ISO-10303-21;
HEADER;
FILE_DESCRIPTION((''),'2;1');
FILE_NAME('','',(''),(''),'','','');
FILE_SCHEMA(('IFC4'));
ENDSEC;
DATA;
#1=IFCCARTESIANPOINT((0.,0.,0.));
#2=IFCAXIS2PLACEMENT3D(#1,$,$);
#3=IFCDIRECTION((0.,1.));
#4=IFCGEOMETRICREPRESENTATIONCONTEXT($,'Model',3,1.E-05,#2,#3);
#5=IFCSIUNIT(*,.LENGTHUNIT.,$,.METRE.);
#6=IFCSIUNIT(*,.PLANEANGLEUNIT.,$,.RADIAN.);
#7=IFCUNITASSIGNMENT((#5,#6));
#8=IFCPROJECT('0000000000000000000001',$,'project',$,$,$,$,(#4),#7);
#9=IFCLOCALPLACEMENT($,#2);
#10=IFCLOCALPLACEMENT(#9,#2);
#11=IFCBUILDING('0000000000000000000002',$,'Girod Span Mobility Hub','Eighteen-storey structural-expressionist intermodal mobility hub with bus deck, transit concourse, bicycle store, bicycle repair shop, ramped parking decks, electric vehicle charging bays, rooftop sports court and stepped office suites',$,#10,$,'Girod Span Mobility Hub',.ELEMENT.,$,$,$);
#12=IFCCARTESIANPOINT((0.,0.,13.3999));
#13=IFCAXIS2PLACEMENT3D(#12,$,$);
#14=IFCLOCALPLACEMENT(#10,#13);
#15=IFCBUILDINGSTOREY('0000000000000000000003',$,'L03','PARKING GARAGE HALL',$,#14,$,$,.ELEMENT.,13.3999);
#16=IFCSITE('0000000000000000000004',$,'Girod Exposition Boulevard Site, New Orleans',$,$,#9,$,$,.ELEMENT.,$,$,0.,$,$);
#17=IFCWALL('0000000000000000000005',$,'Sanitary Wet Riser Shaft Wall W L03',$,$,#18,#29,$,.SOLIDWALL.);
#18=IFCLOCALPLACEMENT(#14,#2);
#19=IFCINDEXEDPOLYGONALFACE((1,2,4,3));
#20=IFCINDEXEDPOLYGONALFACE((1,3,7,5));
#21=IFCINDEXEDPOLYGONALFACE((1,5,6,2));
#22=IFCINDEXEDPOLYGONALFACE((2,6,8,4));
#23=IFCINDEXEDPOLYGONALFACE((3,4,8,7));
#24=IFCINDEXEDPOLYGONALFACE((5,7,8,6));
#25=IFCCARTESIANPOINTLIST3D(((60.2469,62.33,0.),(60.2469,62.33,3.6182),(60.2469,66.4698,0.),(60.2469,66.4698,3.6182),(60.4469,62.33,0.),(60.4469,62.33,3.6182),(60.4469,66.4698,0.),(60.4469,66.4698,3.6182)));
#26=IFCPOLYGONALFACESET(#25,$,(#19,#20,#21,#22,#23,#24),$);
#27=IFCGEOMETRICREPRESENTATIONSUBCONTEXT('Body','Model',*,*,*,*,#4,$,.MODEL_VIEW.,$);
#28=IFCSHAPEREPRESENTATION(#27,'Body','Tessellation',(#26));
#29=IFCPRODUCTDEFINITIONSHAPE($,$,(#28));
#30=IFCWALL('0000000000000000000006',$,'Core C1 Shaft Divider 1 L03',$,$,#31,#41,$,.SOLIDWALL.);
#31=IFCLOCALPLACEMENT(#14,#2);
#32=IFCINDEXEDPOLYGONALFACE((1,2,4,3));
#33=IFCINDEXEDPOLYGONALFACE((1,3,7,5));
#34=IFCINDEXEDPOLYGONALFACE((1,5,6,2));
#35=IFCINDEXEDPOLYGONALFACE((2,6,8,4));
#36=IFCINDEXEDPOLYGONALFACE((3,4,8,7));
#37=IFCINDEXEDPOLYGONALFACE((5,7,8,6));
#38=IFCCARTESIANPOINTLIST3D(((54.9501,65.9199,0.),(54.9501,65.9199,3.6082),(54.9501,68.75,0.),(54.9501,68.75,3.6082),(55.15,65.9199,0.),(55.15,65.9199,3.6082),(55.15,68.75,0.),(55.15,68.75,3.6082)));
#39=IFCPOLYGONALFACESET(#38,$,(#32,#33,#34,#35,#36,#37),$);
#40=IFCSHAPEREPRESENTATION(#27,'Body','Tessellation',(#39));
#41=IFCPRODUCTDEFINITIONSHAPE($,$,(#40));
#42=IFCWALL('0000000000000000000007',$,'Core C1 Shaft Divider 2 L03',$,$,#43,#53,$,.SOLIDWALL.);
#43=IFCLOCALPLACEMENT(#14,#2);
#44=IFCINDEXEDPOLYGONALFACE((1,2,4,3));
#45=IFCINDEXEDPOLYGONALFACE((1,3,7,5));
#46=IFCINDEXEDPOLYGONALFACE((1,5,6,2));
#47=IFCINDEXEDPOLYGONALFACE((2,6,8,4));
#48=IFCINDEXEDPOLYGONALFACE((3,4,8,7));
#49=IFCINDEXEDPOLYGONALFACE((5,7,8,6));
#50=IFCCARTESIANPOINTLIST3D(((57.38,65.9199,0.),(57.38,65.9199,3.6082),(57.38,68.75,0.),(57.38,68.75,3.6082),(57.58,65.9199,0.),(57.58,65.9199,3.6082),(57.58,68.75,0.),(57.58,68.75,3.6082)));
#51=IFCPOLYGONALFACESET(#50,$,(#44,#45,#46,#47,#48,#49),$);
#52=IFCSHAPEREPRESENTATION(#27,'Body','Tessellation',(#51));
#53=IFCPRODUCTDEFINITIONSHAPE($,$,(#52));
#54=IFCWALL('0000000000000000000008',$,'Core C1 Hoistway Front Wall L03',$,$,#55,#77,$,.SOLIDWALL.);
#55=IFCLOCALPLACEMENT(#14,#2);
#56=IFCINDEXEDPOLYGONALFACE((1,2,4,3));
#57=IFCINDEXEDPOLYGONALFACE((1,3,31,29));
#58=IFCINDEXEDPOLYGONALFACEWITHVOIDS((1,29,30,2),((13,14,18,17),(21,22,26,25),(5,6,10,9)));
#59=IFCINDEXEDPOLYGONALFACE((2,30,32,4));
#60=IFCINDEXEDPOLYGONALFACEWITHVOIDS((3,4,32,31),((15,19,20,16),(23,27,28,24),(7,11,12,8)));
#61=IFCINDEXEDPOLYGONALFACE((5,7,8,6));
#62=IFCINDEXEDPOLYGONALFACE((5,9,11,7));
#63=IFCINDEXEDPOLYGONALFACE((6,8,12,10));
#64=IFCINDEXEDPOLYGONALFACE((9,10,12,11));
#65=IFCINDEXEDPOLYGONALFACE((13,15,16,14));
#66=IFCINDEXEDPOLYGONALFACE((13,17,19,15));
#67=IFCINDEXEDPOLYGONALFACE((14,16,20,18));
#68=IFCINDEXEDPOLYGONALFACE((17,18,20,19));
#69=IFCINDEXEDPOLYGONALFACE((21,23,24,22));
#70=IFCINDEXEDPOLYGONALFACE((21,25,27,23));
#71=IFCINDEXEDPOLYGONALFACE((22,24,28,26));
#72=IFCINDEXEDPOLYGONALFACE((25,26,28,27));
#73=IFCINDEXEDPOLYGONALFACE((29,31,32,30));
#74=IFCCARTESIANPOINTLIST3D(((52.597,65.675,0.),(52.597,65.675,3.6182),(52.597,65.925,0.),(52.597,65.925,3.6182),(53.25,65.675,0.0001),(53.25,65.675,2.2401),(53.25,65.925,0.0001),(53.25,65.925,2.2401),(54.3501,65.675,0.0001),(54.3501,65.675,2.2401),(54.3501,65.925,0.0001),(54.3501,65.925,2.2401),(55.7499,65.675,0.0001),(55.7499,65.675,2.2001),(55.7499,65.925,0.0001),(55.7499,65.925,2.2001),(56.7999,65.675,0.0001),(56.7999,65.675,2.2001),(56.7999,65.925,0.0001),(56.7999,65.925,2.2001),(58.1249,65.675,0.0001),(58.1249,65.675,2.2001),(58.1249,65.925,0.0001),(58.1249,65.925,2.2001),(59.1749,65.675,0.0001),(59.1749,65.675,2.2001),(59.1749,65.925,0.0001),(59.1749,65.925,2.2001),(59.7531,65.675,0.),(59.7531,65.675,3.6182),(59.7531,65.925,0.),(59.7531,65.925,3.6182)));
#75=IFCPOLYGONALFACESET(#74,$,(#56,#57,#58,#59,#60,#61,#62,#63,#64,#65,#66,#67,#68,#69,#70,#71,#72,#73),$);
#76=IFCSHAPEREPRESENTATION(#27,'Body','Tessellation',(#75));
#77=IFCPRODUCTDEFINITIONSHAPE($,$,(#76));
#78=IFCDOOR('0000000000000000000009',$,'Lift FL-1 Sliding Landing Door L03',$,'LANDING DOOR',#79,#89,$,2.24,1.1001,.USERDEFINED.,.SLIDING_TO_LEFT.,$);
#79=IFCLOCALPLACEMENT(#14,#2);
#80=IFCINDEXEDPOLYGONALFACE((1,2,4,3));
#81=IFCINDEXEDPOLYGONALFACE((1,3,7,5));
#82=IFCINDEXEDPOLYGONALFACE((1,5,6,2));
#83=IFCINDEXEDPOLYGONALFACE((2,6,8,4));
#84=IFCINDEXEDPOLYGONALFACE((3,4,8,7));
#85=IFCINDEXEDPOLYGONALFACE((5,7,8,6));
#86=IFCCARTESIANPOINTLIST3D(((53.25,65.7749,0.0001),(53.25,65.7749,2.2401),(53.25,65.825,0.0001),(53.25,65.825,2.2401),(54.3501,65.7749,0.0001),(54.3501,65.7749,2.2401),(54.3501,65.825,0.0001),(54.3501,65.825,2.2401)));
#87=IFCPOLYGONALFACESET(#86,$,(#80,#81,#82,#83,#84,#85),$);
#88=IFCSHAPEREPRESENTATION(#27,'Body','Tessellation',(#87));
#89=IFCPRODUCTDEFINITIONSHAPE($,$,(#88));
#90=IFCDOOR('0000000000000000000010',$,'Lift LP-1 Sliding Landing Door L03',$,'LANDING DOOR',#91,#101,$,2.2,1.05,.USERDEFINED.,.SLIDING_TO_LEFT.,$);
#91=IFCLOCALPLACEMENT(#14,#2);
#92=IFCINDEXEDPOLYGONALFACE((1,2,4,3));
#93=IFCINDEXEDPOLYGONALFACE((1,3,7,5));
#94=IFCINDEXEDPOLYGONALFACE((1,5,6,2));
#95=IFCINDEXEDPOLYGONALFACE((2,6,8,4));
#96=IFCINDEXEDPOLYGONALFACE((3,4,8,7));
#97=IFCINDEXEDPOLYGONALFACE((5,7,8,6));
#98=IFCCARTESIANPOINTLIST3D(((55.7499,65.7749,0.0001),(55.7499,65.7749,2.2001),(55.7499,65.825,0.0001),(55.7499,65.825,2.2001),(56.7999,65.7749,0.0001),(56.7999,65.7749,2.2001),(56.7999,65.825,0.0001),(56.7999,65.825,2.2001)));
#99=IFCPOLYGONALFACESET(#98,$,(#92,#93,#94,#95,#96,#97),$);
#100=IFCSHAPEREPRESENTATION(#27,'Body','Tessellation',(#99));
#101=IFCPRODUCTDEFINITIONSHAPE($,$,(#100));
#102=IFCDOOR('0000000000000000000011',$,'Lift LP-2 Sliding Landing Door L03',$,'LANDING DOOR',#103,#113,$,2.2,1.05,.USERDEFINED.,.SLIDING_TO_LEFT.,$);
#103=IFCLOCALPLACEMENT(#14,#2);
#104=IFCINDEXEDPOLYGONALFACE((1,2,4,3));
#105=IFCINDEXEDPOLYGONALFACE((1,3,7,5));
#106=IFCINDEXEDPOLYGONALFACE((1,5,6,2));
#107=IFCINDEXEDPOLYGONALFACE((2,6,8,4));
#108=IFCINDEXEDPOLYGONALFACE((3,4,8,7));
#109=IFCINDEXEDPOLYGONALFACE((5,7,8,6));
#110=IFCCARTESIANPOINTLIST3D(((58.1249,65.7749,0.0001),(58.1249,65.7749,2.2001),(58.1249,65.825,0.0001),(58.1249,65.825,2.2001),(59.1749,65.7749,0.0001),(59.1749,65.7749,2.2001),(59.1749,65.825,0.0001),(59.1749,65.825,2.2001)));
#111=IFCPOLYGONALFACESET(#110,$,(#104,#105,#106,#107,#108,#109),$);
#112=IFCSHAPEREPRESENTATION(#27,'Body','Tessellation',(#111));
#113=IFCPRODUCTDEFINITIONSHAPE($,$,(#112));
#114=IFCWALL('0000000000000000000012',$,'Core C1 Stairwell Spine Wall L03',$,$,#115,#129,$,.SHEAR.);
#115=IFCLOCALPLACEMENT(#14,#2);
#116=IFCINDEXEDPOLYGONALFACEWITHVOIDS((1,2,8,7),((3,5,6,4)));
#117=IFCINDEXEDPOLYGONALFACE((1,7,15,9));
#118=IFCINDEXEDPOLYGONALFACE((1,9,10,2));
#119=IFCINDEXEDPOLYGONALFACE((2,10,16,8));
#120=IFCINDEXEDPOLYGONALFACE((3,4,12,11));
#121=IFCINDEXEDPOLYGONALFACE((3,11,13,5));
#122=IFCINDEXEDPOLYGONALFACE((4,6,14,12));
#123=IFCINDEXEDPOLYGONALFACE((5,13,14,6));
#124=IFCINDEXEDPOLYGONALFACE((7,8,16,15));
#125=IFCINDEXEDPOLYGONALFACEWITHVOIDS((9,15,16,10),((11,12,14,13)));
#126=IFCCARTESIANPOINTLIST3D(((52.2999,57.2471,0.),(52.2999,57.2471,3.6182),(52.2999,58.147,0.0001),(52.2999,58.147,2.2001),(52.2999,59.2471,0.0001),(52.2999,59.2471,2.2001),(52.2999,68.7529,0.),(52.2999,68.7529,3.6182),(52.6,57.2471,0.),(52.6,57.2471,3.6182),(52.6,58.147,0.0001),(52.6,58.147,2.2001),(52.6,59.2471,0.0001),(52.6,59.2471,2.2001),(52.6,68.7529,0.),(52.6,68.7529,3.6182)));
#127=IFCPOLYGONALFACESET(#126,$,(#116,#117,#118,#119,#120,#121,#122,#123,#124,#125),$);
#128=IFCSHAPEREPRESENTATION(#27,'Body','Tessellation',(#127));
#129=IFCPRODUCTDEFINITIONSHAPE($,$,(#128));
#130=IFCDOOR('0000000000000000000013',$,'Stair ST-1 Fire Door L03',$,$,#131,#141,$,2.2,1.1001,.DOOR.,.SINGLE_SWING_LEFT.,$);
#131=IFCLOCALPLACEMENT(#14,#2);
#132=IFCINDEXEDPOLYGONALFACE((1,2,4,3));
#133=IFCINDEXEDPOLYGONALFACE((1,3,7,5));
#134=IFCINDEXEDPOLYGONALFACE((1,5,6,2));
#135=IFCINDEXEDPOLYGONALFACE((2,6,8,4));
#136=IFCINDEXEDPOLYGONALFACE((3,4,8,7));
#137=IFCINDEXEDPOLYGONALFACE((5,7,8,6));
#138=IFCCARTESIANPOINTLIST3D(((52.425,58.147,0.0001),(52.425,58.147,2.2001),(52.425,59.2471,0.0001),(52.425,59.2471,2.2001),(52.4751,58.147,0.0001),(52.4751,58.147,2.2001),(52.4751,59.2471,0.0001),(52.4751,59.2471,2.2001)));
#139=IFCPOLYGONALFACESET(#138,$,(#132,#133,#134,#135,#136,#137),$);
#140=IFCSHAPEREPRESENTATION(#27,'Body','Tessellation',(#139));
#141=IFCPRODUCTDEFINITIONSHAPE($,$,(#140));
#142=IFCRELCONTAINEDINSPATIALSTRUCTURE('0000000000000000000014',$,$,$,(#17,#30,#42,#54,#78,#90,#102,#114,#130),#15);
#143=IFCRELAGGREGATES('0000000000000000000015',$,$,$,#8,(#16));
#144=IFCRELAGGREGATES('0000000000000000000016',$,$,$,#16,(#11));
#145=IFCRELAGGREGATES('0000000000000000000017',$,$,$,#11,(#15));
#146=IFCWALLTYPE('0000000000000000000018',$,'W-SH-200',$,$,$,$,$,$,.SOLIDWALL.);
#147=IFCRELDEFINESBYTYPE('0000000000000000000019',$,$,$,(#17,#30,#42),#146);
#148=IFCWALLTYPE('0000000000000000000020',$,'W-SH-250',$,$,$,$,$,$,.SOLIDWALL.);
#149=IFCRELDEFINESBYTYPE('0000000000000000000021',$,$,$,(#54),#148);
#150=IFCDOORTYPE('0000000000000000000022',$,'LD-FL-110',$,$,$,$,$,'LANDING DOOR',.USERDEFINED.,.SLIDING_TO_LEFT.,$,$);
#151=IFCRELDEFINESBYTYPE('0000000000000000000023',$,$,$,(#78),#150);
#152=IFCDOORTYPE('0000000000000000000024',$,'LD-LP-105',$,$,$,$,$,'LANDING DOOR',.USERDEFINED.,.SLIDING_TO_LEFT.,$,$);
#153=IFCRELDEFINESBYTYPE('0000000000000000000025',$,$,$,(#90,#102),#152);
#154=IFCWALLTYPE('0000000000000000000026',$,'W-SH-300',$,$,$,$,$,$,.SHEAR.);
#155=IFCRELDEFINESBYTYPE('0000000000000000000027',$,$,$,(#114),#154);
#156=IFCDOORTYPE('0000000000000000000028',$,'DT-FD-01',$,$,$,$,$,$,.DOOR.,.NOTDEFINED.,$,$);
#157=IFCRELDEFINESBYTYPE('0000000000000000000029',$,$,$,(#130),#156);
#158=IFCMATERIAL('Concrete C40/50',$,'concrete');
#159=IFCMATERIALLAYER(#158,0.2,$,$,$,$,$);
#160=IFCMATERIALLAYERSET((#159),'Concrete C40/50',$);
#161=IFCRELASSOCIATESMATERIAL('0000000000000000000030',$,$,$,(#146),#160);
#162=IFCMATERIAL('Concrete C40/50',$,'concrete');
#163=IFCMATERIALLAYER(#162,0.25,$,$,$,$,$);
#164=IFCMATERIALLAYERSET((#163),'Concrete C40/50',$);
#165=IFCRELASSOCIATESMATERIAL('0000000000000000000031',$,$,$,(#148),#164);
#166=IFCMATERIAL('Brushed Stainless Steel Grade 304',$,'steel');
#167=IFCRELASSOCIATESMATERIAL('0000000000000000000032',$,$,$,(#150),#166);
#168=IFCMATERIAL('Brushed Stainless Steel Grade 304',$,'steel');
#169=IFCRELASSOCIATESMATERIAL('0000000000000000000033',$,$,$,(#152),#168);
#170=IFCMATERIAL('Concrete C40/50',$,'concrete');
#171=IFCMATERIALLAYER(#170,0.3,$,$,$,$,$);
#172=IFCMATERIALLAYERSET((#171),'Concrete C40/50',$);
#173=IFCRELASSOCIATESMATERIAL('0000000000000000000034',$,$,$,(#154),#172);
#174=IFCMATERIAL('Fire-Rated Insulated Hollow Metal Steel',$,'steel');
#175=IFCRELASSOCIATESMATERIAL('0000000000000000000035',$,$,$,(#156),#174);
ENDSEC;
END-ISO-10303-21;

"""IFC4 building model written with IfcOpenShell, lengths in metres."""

from ifc_helpers import new_model, si_unit, direction, frame, frame_2d, origin, place, context, subcontext, project, spatial, rectangle, extrude, material, layer, layer_set, type_object, element, fill, save


model = new_model("IFC4")

# Units and contexts
model_context = context("Model", 3, precision=1e-05, world=origin(), true_north=direction((0.0, 1.0)))
body_context = subcontext(model_context, "Body", "Model", "MODEL_VIEW")
ifc_project = project(units=[si_unit("LENGTHUNIT", "METRE"), si_unit("PLANEANGLEUNIT", "RADIAN")], contexts=[model_context])

# Site, building, storey
site_placement = place(None, origin())
site = spatial("IfcSite", under=ifc_project, at=site_placement, Name="Girod Exposition Boulevard Site, New Orleans", CompositionType="ELEMENT", RefElevation=0.0)
building_placement = place(site_placement, origin())
building = spatial("IfcBuilding", under=site, at=building_placement, Name="Girod Span Mobility Hub", Description="Eighteen-storey structural-expressionist intermodal mobility hub with bus deck, transit concourse, bicycle store, bicycle repair shop, ramped parking decks, electric vehicle charging bays, rooftop sports court and stepped office suites", LongName="Girod Span Mobility Hub", CompositionType="ELEMENT")
storey_placement = place(building_placement, frame((0.0, 0.0, 13.3999)))
storey = spatial("IfcBuildingStorey", under=building, at=storey_placement, Name="L03", Description="PARKING GARAGE HALL", CompositionType="ELEMENT", Elevation=13.3999)

# Walls
ifc_material_1 = material(Name="Concrete C40/50", Category="concrete")
ifc_layer_1 = layer(ifc_material_1, 0.2)
ifc_layer_set_1 = layer_set([ifc_layer_1], Name="Concrete C40/50")
wall_type_1 = type_object("IfcWallType", Name="W-SH-200", PredefinedType="SOLIDWALL", material=ifc_layer_set_1)
wall_1_placement = place(storey_placement, frame((60.3469, 62.3301, 0.0), z_axis=(0.0, 0.0, 1.0), x_axis=(0.0, 1.0, 0.0)))
element("IfcWall", 1, at=wall_1_placement, inside=storey, type_object=wall_type_1, Name="Sanitary Wet Riser Shaft Wall W L03", PredefinedType="SOLIDWALL", context=body_context, shape_type="SweptSolid", body=[
    extrude(rectangle(XDim=4.1399, YDim=0.2, at=frame_2d((2.0698, 0.0))), origin(), (0.0, 0.0, 1.0), 3.6182),
])
for number, where, z_axis, x_axis, name in (
    (2, (55.05, 65.9199, 0.0), (0.0, 0.0, 1.0), (0.0, 1.0, 0.0), "Core C1 Shaft Divider 1 L03"),
    (3, (57.48, 65.9199, 0.0), (0.0, 0.0, 1.0), (0.0, 1.0, 0.0), "Core C1 Shaft Divider 2 L03"),
):
    element("IfcWall", number, at=place(storey_placement, frame(where, z_axis=z_axis, x_axis=x_axis)), inside=storey, type_object=wall_type_1, Name=name, PredefinedType="SOLIDWALL", context=body_context, shape_type="SweptSolid", body=[
        extrude(rectangle(XDim=2.8301, YDim=0.2, at=frame_2d((1.415, 0.0))), origin(), (0.0, 0.0, 1.0), 3.6082),
    ])

# Wall, openings, doors
ifc_material_2 = material(Name="Concrete C40/50", Category="concrete")
ifc_layer_2 = layer(ifc_material_2, 0.25)
ifc_layer_set_2 = layer_set([ifc_layer_2], Name="Concrete C40/50")
wall_type_2 = type_object("IfcWallType", Name="W-SH-250", PredefinedType="SOLIDWALL", material=ifc_layer_set_2)
wall_2_placement = place(storey_placement, frame((52.5969, 65.8, 0.0), z_axis=(0.0, 0.0, 1.0), x_axis=(1.0, 0.0, 0.0)))
wall_2 = element("IfcWall", 4, at=wall_2_placement, inside=storey, type_object=wall_type_2, Name="Core C1 Hoistway Front Wall L03", PredefinedType="SOLIDWALL", context=body_context, shape_type="SweptSolid", body=[
    extrude(rectangle(XDim=7.156, YDim=0.25, at=frame_2d((3.5781, 0.0))), origin(), (0.0, 0.0, 1.0), 3.6182),
])
opening_1_placement = place(wall_2_placement, frame((0.6531, 0.0, 0.0)))
opening_1 = element("IfcOpeningElement", 5, at=opening_1_placement, cuts=wall_2, PredefinedType="OPENING", context=body_context, shape_type="SweptSolid", body=[
    extrude(rectangle(XDim=1.1001, YDim=2.24, at=frame_2d((0.55, 1.1201))), frame((0.0, 0.1399, 0.0), z_axis=(0.0, -1.0, 0.0), x_axis=(1.0, 0.0, 0.0)), (0.0, 0.0, 1.0), 0.28),
])
opening_2_placement = place(wall_2_placement, frame((3.1531, 0.0, 0.0)))
opening_2 = element("IfcOpeningElement", 6, at=opening_2_placement, cuts=wall_2, PredefinedType="OPENING", context=body_context, shape_type="SweptSolid", body=[
    extrude(rectangle(XDim=1.05, YDim=2.2, at=frame_2d((0.5249, 1.1001))), frame((0.0, 0.1399, 0.0), z_axis=(0.0, -1.0, 0.0), x_axis=(1.0, 0.0, 0.0)), (0.0, 0.0, 1.0), 0.28),
])
opening_3_placement = place(wall_2_placement, frame((5.5281, 0.0, 0.0)))
opening_3 = element("IfcOpeningElement", 7, at=opening_3_placement, cuts=wall_2, PredefinedType="OPENING", context=body_context, shape_type="SweptSolid", body=[
    extrude(rectangle(XDim=1.05, YDim=2.2, at=frame_2d((0.5249, 1.1001))), frame((0.0, 0.1399, 0.0), z_axis=(0.0, -1.0, 0.0), x_axis=(1.0, 0.0, 0.0)), (0.0, 0.0, 1.0), 0.28),
])
ifc_material_3 = material(Name="Brushed Stainless Steel Grade 304", Category="steel")
door_type_1 = type_object("IfcDoorType", Name="LD-FL-110", ElementType="LANDING DOOR", OperationType="SLIDING_TO_LEFT", PredefinedType="USERDEFINED", material=ifc_material_3)
door_1_placement = place(opening_1_placement, origin())
door_1 = element("IfcDoor", 8, at=door_1_placement, inside=storey, type_object=door_type_1, Name="Lift FL-1 Sliding Landing Door L03", ObjectType="LANDING DOOR", OperationType="SLIDING_TO_LEFT", OverallHeight=2.24, OverallWidth=1.1001, PredefinedType="USERDEFINED", context=body_context, shape_type="SweptSolid", body=[
    extrude(rectangle(XDim=1.1001, YDim=2.24, at=frame_2d((0.55, 1.1201))), frame((0.0, 0.0249, 0.0), z_axis=(0.0, -1.0, 0.0), x_axis=(1.0, 0.0, 0.0)), (0.0, 0.0, 1.0), 0.05),
])
fill(opening_1, door_1)
ifc_material_4 = material(Name="Brushed Stainless Steel Grade 304", Category="steel")
door_type_2 = type_object("IfcDoorType", Name="LD-LP-105", ElementType="LANDING DOOR", OperationType="SLIDING_TO_LEFT", PredefinedType="USERDEFINED", material=ifc_material_4)
door_2_placement = place(opening_2_placement, origin())
door_2 = element("IfcDoor", 9, at=door_2_placement, inside=storey, type_object=door_type_2, Name="Lift LP-1 Sliding Landing Door L03", ObjectType="LANDING DOOR", OperationType="SLIDING_TO_LEFT", OverallHeight=2.2, OverallWidth=1.05, PredefinedType="USERDEFINED", context=body_context, shape_type="SweptSolid", body=[
    extrude(rectangle(XDim=1.05, YDim=2.2, at=frame_2d((0.5249, 1.1001))), frame((0.0, 0.0249, 0.0), z_axis=(0.0, -1.0, 0.0), x_axis=(1.0, 0.0, 0.0)), (0.0, 0.0, 1.0), 0.05),
])
fill(opening_2, door_2)
door_3_placement = place(opening_3_placement, origin())
door_3 = element("IfcDoor", 10, at=door_3_placement, inside=storey, type_object=door_type_2, Name="Lift LP-2 Sliding Landing Door L03", ObjectType="LANDING DOOR", OperationType="SLIDING_TO_LEFT", OverallHeight=2.2, OverallWidth=1.05, PredefinedType="USERDEFINED", context=body_context, shape_type="SweptSolid", body=[
    extrude(rectangle(XDim=1.05, YDim=2.2, at=frame_2d((0.5249, 1.1001))), frame((0.0, 0.0249, 0.0), z_axis=(0.0, -1.0, 0.0), x_axis=(1.0, 0.0, 0.0)), (0.0, 0.0, 1.0), 0.05),
])
fill(opening_3, door_3)

# Wall, opening, door
ifc_material_5 = material(Name="Concrete C40/50", Category="concrete")
ifc_layer_3 = layer(ifc_material_5, 0.3)
ifc_layer_set_3 = layer_set([ifc_layer_3], Name="Concrete C40/50")
wall_type_3 = type_object("IfcWallType", Name="W-SH-300", PredefinedType="SHEAR", material=ifc_layer_set_3)
wall_3_placement = place(storey_placement, frame((52.45, 57.2471, 0.0), z_axis=(0.0, 0.0, 1.0), x_axis=(0.0, 1.0, 0.0)))
wall_3 = element("IfcWall", 11, at=wall_3_placement, inside=storey, type_object=wall_type_3, Name="Core C1 Stairwell Spine Wall L03", PredefinedType="SHEAR", context=body_context, shape_type="SweptSolid", body=[
    extrude(rectangle(XDim=11.5059, YDim=0.3, at=frame_2d((5.7529, 0.0))), origin(), (0.0, 0.0, 1.0), 3.6182),
])
opening_4_placement = place(wall_3_placement, frame((0.8999, 0.0, 0.0)))
opening_4 = element("IfcOpeningElement", 12, at=opening_4_placement, cuts=wall_3, PredefinedType="OPENING", context=body_context, shape_type="SweptSolid", body=[
    extrude(rectangle(XDim=1.1001, YDim=2.2, at=frame_2d((0.55, 1.1001))), frame((0.0, 0.165, 0.0), z_axis=(0.0, -1.0, 0.0), x_axis=(1.0, 0.0, 0.0)), (0.0, 0.0, 1.0), 0.3301),
])
ifc_material_6 = material(Name="Fire-Rated Insulated Hollow Metal Steel", Category="steel")
door_type_3 = type_object("IfcDoorType", Name="DT-FD-01", OperationType="NOTDEFINED", PredefinedType="DOOR", material=ifc_material_6)
door_4_placement = place(opening_4_placement, origin())
door_4 = element("IfcDoor", 13, at=door_4_placement, inside=storey, type_object=door_type_3, Name="Stair ST-1 Fire Door L03", OperationType="SINGLE_SWING_LEFT", OverallHeight=2.2, OverallWidth=1.1001, PredefinedType="DOOR", context=body_context, shape_type="SweptSolid", body=[
    extrude(rectangle(XDim=1.1001, YDim=2.2, at=frame_2d((0.55, 1.1001))), frame((0.0, 0.0249, 0.0), z_axis=(0.0, -1.0, 0.0), x_axis=(1.0, 0.0, 0.0)), (0.0, 0.0, 1.0), 0.05),
])
fill(opening_4, door_4)

save(model, "model.ifc")
